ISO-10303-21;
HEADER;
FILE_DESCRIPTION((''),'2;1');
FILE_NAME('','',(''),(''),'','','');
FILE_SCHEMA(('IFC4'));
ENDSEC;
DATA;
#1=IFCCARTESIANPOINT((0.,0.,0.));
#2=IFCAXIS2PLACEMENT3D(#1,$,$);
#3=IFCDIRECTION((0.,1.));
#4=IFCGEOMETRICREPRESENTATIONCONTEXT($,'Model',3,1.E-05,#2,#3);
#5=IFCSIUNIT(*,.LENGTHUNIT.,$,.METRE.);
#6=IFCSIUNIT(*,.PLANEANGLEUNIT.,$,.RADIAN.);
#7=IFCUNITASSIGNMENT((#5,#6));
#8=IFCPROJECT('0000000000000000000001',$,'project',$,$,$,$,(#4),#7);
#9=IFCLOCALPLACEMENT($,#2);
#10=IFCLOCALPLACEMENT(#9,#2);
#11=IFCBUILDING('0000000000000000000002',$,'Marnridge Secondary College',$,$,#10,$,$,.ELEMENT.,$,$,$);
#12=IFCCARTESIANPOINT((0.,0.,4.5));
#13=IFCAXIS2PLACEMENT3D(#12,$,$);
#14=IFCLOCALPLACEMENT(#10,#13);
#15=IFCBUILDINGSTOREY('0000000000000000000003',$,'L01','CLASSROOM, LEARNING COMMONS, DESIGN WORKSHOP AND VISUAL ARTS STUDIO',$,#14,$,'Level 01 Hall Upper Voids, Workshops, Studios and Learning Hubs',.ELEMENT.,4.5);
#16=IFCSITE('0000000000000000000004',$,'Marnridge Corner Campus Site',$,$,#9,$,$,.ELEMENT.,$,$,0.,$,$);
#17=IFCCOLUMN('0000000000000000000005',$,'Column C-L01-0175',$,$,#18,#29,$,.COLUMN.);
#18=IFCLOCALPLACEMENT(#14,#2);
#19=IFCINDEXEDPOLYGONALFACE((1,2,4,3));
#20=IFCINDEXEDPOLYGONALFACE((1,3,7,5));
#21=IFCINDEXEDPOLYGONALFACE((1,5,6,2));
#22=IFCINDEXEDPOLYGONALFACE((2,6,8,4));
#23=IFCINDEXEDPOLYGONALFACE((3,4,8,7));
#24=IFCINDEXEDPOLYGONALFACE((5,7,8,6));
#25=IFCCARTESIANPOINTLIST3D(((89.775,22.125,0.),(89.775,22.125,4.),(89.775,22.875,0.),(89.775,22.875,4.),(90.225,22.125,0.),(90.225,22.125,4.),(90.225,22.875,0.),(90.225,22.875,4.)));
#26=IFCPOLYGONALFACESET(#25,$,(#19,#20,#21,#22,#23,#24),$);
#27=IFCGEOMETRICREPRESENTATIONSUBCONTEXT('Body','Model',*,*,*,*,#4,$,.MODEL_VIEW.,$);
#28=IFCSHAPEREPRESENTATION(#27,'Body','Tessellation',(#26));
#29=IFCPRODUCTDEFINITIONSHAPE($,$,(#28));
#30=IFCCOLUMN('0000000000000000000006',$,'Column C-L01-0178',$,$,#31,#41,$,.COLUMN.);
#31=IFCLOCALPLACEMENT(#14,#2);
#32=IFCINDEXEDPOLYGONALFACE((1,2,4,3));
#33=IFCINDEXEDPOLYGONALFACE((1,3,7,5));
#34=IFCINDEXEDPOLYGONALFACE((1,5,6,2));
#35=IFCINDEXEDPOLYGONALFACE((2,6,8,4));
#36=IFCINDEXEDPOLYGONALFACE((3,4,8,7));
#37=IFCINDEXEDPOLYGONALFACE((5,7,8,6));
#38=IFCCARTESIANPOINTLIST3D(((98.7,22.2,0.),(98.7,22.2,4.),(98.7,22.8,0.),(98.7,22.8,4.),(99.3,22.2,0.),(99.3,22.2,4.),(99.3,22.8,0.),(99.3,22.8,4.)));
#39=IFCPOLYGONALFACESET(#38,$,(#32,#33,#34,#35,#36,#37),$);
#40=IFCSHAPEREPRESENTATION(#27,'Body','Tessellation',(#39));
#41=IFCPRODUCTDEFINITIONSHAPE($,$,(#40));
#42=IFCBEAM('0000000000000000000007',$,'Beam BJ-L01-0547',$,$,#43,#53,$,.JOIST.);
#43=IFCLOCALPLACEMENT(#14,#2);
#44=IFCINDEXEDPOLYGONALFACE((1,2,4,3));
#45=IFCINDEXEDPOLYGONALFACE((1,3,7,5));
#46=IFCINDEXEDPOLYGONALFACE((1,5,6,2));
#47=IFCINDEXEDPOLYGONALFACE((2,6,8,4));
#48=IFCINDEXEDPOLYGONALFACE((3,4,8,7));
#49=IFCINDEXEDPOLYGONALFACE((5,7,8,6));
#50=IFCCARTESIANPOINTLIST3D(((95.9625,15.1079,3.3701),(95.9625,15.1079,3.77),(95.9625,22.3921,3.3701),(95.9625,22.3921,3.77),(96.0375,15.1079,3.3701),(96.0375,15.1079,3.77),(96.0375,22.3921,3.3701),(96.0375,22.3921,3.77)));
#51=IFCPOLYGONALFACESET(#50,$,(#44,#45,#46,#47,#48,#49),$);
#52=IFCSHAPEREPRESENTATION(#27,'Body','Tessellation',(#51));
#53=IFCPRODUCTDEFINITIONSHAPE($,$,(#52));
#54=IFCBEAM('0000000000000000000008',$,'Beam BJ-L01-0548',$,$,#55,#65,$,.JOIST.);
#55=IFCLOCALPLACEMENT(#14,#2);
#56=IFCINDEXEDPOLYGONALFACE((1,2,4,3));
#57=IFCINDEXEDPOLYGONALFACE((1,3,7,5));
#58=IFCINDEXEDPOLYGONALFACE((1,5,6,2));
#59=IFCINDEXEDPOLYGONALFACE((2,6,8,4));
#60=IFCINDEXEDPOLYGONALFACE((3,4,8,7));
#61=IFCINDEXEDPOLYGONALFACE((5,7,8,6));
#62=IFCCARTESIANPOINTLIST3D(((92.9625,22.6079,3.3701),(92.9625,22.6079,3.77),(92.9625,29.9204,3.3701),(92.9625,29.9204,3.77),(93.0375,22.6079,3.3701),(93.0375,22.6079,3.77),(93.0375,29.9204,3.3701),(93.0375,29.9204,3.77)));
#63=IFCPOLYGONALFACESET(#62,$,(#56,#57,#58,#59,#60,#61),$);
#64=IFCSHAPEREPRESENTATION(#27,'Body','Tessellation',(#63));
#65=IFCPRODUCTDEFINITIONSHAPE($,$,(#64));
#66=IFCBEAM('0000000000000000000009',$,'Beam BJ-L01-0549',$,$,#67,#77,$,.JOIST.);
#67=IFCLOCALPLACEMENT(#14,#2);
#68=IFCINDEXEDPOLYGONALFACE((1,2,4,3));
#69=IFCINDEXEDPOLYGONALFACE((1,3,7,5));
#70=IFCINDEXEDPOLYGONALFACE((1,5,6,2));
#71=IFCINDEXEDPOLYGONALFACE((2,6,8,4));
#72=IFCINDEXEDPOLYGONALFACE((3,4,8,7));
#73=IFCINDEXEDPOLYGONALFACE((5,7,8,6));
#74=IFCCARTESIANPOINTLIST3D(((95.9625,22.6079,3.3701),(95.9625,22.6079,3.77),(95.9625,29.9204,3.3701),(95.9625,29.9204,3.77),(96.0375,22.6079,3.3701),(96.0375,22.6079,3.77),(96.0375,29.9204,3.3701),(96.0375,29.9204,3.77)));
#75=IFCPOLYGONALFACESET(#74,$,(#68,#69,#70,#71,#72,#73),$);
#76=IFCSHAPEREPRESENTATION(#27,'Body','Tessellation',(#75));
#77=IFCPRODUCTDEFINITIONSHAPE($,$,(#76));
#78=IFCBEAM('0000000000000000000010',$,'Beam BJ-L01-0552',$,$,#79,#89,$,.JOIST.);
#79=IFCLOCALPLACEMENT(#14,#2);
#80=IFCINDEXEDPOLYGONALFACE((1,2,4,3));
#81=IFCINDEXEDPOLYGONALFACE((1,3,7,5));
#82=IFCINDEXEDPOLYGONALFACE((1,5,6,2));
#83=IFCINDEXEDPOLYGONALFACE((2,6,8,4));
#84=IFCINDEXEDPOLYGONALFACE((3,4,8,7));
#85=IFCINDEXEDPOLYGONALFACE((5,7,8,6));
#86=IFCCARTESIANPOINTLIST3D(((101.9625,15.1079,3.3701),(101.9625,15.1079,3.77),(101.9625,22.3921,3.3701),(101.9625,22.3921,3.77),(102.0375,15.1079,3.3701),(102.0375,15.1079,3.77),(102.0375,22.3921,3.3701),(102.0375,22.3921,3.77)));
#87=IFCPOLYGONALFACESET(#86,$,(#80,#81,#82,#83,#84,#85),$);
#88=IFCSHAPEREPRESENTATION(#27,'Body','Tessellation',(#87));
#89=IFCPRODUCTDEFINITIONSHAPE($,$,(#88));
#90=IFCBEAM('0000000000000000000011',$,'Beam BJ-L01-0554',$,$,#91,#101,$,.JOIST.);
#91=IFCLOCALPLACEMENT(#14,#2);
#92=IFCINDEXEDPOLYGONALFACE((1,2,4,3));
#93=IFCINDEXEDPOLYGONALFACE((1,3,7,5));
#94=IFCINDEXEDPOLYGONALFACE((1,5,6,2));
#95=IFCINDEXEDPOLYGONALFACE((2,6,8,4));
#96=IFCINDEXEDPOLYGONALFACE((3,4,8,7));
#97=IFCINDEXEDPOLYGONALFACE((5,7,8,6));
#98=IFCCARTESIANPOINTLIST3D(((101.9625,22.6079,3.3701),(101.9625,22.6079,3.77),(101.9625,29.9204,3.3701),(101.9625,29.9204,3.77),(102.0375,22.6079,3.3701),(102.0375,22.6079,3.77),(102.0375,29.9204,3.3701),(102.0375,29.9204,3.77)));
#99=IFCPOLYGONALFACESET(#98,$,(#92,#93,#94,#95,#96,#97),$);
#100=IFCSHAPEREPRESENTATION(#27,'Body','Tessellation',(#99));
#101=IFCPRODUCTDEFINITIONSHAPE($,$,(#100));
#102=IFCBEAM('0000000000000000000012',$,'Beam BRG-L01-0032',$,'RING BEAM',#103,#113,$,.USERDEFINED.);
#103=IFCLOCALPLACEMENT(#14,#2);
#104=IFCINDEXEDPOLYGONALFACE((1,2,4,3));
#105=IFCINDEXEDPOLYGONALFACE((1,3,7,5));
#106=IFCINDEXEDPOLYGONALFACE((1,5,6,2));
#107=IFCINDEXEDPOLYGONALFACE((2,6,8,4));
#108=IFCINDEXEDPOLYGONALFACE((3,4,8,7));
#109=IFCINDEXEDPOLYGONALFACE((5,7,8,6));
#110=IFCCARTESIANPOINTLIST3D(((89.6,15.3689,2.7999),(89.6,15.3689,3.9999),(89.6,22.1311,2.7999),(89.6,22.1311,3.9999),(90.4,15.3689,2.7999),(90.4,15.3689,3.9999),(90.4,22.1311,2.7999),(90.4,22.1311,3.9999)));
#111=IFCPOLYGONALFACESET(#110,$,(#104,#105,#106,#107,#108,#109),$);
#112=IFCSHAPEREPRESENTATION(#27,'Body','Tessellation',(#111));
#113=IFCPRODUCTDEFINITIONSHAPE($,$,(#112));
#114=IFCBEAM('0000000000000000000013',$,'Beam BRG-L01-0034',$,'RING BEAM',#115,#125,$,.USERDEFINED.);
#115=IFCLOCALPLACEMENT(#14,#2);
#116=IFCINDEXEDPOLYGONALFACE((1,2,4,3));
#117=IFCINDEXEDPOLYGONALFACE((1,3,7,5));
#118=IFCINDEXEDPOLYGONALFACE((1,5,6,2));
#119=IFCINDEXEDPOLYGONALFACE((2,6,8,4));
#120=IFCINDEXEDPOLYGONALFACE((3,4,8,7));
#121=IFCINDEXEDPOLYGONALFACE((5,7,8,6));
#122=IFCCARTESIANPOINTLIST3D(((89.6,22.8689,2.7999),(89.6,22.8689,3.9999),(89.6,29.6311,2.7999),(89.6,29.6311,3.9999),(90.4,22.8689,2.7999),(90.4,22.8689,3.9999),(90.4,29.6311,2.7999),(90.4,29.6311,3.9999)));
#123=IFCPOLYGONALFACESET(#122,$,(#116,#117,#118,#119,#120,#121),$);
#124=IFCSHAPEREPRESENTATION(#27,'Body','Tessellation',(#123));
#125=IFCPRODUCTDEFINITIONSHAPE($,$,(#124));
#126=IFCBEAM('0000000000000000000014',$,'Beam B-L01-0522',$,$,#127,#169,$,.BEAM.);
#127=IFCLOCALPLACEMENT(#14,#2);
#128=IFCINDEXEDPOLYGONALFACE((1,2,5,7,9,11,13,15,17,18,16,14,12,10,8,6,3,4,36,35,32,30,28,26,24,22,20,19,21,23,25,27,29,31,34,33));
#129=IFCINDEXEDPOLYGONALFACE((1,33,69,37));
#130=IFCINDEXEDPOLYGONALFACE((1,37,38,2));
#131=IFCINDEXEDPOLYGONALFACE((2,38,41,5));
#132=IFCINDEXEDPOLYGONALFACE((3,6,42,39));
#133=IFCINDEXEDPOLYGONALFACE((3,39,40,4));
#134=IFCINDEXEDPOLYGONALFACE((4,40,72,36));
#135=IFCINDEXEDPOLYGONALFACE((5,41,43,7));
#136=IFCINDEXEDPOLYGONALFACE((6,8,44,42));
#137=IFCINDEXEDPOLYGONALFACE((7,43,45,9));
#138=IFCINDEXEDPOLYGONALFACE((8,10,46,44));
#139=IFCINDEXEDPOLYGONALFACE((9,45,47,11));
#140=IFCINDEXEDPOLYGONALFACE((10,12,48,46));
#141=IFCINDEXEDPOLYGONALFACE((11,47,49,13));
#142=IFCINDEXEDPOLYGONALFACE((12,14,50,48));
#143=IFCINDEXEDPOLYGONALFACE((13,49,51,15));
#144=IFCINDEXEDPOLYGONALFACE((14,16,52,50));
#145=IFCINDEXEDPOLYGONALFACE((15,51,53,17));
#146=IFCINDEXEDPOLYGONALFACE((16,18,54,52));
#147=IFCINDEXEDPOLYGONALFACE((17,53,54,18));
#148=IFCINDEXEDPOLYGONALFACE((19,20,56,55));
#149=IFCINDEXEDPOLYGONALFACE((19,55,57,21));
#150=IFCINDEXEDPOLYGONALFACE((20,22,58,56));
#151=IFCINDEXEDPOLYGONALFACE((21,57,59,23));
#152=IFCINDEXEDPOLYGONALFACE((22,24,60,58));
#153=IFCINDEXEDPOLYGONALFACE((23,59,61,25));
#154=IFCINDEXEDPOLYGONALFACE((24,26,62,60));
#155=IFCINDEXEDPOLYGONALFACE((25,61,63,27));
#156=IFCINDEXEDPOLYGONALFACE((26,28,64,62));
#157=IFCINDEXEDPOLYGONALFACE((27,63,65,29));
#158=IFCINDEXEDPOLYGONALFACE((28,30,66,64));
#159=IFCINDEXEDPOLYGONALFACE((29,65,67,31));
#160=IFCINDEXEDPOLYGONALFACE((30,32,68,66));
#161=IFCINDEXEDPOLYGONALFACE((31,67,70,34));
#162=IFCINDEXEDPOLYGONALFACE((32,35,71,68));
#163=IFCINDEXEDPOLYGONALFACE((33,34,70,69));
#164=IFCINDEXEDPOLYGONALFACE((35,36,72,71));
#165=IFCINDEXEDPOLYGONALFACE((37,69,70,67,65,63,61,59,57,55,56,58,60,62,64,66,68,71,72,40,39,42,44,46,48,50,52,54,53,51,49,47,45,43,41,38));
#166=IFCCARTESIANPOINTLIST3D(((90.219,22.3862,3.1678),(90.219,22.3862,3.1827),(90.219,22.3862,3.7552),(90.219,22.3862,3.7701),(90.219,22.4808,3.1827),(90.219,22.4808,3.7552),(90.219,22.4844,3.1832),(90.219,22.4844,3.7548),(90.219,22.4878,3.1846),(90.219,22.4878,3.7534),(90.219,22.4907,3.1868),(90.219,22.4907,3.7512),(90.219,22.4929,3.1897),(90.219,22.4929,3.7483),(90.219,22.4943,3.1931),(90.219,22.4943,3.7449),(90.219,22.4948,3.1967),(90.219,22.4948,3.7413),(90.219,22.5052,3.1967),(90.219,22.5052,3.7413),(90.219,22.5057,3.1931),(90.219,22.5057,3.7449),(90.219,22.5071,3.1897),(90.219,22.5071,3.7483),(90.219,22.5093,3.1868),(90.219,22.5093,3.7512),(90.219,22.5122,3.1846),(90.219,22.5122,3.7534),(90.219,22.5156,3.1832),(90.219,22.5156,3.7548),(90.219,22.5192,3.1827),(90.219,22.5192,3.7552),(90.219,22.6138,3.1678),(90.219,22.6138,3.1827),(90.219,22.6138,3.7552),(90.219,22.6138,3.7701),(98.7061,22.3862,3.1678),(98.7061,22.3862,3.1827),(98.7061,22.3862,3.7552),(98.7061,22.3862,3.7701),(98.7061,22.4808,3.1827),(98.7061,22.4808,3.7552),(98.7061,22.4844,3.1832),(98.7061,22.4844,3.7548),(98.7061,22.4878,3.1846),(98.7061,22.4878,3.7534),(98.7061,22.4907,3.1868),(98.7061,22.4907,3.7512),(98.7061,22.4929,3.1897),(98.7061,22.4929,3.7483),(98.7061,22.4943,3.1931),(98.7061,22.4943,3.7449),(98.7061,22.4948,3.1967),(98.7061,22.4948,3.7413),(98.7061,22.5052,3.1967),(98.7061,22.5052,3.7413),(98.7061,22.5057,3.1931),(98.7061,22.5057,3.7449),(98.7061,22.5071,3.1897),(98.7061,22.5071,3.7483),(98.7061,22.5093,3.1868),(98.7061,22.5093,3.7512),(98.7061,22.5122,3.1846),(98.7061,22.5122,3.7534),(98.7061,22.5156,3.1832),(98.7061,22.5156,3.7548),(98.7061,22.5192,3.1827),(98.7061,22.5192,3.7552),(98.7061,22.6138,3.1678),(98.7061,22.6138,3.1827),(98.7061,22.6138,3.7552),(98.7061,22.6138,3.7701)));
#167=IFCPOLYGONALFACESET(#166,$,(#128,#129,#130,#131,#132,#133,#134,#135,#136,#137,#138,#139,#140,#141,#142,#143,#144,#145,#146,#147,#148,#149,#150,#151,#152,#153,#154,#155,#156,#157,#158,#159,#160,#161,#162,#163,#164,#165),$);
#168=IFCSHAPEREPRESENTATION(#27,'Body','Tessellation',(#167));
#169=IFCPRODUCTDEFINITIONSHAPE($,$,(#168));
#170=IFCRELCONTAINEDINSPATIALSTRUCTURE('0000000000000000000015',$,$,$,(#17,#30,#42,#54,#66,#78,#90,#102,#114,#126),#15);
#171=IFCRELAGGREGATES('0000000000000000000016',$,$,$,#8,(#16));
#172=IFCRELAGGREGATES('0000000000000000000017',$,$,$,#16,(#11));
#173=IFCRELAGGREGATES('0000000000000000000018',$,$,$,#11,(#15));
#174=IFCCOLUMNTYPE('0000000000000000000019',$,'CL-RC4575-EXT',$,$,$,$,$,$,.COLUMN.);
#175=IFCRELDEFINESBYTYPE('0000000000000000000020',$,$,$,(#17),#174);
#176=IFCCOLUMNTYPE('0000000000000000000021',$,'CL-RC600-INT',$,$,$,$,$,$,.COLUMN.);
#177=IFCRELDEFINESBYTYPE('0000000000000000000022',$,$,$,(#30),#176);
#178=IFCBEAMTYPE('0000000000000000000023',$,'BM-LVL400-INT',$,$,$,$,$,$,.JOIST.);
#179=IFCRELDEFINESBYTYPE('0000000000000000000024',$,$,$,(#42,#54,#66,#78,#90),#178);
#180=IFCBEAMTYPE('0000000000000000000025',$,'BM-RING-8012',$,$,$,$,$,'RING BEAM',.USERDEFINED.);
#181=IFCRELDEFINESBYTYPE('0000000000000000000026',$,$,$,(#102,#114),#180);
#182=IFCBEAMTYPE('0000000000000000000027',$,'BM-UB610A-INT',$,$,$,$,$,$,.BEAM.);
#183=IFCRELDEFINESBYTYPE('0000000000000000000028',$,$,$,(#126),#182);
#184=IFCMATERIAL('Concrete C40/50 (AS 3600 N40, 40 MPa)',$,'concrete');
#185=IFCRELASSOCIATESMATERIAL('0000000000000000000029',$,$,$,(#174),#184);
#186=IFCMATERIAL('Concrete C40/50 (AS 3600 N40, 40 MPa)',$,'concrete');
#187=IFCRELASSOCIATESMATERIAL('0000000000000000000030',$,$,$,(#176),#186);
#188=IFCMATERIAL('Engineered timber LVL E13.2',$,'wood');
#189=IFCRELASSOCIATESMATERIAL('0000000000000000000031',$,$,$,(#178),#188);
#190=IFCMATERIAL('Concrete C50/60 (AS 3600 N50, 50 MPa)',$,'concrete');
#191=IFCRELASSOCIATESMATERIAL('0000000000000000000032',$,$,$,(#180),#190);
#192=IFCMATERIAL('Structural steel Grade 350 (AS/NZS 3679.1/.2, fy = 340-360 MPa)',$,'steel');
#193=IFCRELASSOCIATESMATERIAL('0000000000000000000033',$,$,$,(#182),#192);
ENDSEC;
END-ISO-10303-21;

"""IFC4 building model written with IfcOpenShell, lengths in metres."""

from ifc_helpers import new_model, si_unit, direction, frame, origin, origin_2d, place, context, subcontext, project, spatial, rectangle, i_section, extrude, material, material_profile, profile_set, type_object, element, save


model = new_model("IFC4")

# Units and contexts
model_context = context("Model", 3, precision=1e-05, world=origin(), true_north=direction((0.0, 1.0)))
body_context = subcontext(model_context, "Body", "Model", "MODEL_VIEW")
ifc_project = project(units=[si_unit("LENGTHUNIT", "METRE"), si_unit("PLANEANGLEUNIT", "RADIAN")], contexts=[model_context])

# Site, building, storey
site_placement = place(None, origin())
site = spatial("IfcSite", under=ifc_project, at=site_placement, Name="Marnridge Corner Campus Site", CompositionType="ELEMENT", RefElevation=0.0)
building_placement = place(site_placement, origin())
building = spatial("IfcBuilding", under=site, at=building_placement, Name="Marnridge Secondary College", CompositionType="ELEMENT")
storey_placement = place(building_placement, frame((0.0, 0.0, 4.5)))
storey = spatial("IfcBuildingStorey", under=building, at=storey_placement, Name="L01", Description="CLASSROOM, LEARNING COMMONS, DESIGN WORKSHOP AND VISUAL ARTS STUDIO", LongName="Level 01 Hall Upper Voids, Workshops, Studios and Learning Hubs", CompositionType="ELEMENT", Elevation=4.5)

# Columns
ifc_material_1 = material(Name="Concrete C40/50 (AS 3600 N40, 40 MPa)", Category="concrete")
ifc_material_profile_1 = material_profile(ifc_material_1, rectangle(XDim=0.45, YDim=0.75, at=origin_2d()), Name="RC 450x750")
ifc_profile_set_1 = profile_set([ifc_material_profile_1], Name="Concrete C40/50 (AS 3600 N40, 40 MPa)")
column_type_1 = type_object("IfcColumnType", Name="CL-RC4575-EXT", PredefinedType="COLUMN", material=ifc_profile_set_1)
column_1_placement = place(storey_placement, frame((90.0, 22.5, 0.0), z_axis=(0.0, 0.0, 1.0), x_axis=(1.0, 0.0, 0.0)))
element("IfcColumn", 1, at=column_1_placement, inside=storey, type_object=column_type_1, Name="Column C-L01-0175", PredefinedType="COLUMN", context=body_context, shape_type="SweptSolid", body=[
    extrude(rectangle(XDim=0.45, YDim=0.75, at=origin_2d()), origin(), (0.0, 0.0, 1.0), 4.0),
])
ifc_material_2 = material(Name="Concrete C40/50 (AS 3600 N40, 40 MPa)", Category="concrete")
ifc_material_profile_2 = material_profile(ifc_material_2, rectangle(XDim=0.6001, YDim=0.6001, at=origin_2d()), Name="RC 600x600")
ifc_profile_set_2 = profile_set([ifc_material_profile_2], Name="Concrete C40/50 (AS 3600 N40, 40 MPa)")
column_type_2 = type_object("IfcColumnType", Name="CL-RC600-INT", PredefinedType="COLUMN", material=ifc_profile_set_2)
column_2_placement = place(storey_placement, frame((99.0, 22.5, 0.0), z_axis=(0.0, 0.0, 1.0), x_axis=(1.0, 0.0, 0.0)))
element("IfcColumn", 2, at=column_2_placement, inside=storey, type_object=column_type_2, Name="Column C-L01-0178", PredefinedType="COLUMN", context=body_context, shape_type="SweptSolid", body=[
    extrude(rectangle(XDim=0.6001, YDim=0.6001, at=origin_2d()), origin(), (0.0, 0.0, 1.0), 4.0),
])

# Beams
ifc_material_3 = material(Name="Engineered timber LVL E13.2", Category="wood")
ifc_material_profile_3 = material_profile(ifc_material_3, rectangle(XDim=0.075, YDim=0.3999, at=origin_2d()), Name="LVL 75x400")
ifc_profile_set_3 = profile_set([ifc_material_profile_3], Name="Engineered timber LVL E13.2")
beam_type_1 = type_object("IfcBeamType", Name="BM-LVL400-INT", PredefinedType="JOIST", material=ifc_profile_set_3)
beam_1_placement = place(storey_placement, frame((96.0, 15.1079, 3.5701), z_axis=(0.0, 1.0, 0.0), x_axis=(-1.0, 0.0, 0.0)))
element("IfcBeam", 3, at=beam_1_placement, inside=storey, type_object=beam_type_1, Name="Beam BJ-L01-0547", PredefinedType="JOIST", context=body_context, shape_type="SweptSolid", body=[
    extrude(rectangle(XDim=0.075, YDim=0.3999, at=origin_2d()), origin(), (0.0, 0.0, 1.0), 7.2842),
])
for number, where, z_axis, x_axis, name in (
    (4, (93.0, 22.6079, 3.5701), (0.0, 1.0, 0.0), (-1.0, 0.0, 0.0), "Beam BJ-L01-0548"),
    (5, (96.0, 22.6079, 3.5701), (0.0, 1.0, 0.0), (-1.0, 0.0, 0.0), "Beam BJ-L01-0549"),
):
    element("IfcBeam", number, at=place(storey_placement, frame(where, z_axis=z_axis, x_axis=x_axis)), inside=storey, type_object=beam_type_1, Name=name, PredefinedType="JOIST", context=body_context, shape_type="SweptSolid", body=[
        extrude(rectangle(XDim=0.075, YDim=0.3999, at=origin_2d()), origin(), (0.0, 0.0, 1.0), 7.3125),
    ])
beam_2_placement = place(storey_placement, frame((102.0, 15.1079, 3.5701), z_axis=(0.0, 1.0, 0.0), x_axis=(-1.0, 0.0, 0.0)))
element("IfcBeam", 6, at=beam_2_placement, inside=storey, type_object=beam_type_1, Name="Beam BJ-L01-0552", PredefinedType="JOIST", context=body_context, shape_type="SweptSolid", body=[
    extrude(rectangle(XDim=0.075, YDim=0.3999, at=origin_2d()), origin(), (0.0, 0.0, 1.0), 7.2842),
])
beam_3_placement = place(storey_placement, frame((102.0, 22.6079, 3.5701), z_axis=(0.0, 1.0, 0.0), x_axis=(-1.0, 0.0, 0.0)))
element("IfcBeam", 7, at=beam_3_placement, inside=storey, type_object=beam_type_1, Name="Beam BJ-L01-0554", PredefinedType="JOIST", context=body_context, shape_type="SweptSolid", body=[
    extrude(rectangle(XDim=0.075, YDim=0.3999, at=origin_2d()), origin(), (0.0, 0.0, 1.0), 7.3125),
])
ifc_material_4 = material(Name="Concrete C50/60 (AS 3600 N50, 50 MPa)", Category="concrete")
ifc_material_profile_4 = material_profile(ifc_material_4, rectangle(XDim=0.8, YDim=1.2, at=origin_2d()), Name="RC 800x1200")
ifc_profile_set_4 = profile_set([ifc_material_profile_4], Name="Concrete C50/60 (AS 3600 N50, 50 MPa)")
beam_type_2 = type_object("IfcBeamType", Name="BM-RING-8012", ElementType="RING BEAM", PredefinedType="USERDEFINED", material=ifc_profile_set_4)
for number, where, z_axis, x_axis, name in (
    (8, (90.0, 15.3689, 3.3999), (0.0, 1.0, 0.0), (-1.0, 0.0, 0.0), "Beam BRG-L01-0032"),
    (9, (90.0, 22.8689, 3.3999), (0.0, 1.0, 0.0), (-1.0, 0.0, 0.0), "Beam BRG-L01-0034"),
):
    element("IfcBeam", number, at=place(storey_placement, frame(where, z_axis=z_axis, x_axis=x_axis)), inside=storey, type_object=beam_type_2, Name=name, ObjectType="RING BEAM", PredefinedType="USERDEFINED", context=body_context, shape_type="SweptSolid", body=[
        extrude(rectangle(XDim=0.8, YDim=1.2, at=origin_2d()), origin(), (0.0, 0.0, 1.0), 6.7622),
    ])
ifc_material_5 = material(Name="Structural steel Grade 350 (AS/NZS 3679.1/.2, fy = 340-360 MPa)", Category="steel")
ifc_material_profile_5 = material_profile(ifc_material_5, i_section(OverallWidth=0.2275, OverallDepth=0.6023, WebThickness=0.0105, FlangeThickness=0.0149, FilletRadius=0.0139, at=origin_2d()), Name="610UB101")
ifc_profile_set_5 = profile_set([ifc_material_profile_5], Name="Structural steel Grade 350 (AS/NZS 3679.1/.2, fy = 340-360 MPa)")
beam_type_3 = type_object("IfcBeamType", Name="BM-UB610A-INT", PredefinedType="BEAM", material=ifc_profile_set_5)
beam_4_placement = place(storey_placement, frame((90.219, 22.5, 3.469), z_axis=(1.0, 0.0, 0.0), x_axis=(0.0, 1.0, 0.0)))
element("IfcBeam", 10, at=beam_4_placement, inside=storey, type_object=beam_type_3, Name="Beam B-L01-0522", PredefinedType="BEAM", context=body_context, shape_type="SweptSolid", body=[
    extrude(i_section(OverallWidth=0.2275, OverallDepth=0.6023, WebThickness=0.0105, FlangeThickness=0.0149, FilletRadius=0.0139, at=origin_2d()), origin(), (0.0, 0.0, 1.0), 8.4871),
])

save(model, "model.ifc")
